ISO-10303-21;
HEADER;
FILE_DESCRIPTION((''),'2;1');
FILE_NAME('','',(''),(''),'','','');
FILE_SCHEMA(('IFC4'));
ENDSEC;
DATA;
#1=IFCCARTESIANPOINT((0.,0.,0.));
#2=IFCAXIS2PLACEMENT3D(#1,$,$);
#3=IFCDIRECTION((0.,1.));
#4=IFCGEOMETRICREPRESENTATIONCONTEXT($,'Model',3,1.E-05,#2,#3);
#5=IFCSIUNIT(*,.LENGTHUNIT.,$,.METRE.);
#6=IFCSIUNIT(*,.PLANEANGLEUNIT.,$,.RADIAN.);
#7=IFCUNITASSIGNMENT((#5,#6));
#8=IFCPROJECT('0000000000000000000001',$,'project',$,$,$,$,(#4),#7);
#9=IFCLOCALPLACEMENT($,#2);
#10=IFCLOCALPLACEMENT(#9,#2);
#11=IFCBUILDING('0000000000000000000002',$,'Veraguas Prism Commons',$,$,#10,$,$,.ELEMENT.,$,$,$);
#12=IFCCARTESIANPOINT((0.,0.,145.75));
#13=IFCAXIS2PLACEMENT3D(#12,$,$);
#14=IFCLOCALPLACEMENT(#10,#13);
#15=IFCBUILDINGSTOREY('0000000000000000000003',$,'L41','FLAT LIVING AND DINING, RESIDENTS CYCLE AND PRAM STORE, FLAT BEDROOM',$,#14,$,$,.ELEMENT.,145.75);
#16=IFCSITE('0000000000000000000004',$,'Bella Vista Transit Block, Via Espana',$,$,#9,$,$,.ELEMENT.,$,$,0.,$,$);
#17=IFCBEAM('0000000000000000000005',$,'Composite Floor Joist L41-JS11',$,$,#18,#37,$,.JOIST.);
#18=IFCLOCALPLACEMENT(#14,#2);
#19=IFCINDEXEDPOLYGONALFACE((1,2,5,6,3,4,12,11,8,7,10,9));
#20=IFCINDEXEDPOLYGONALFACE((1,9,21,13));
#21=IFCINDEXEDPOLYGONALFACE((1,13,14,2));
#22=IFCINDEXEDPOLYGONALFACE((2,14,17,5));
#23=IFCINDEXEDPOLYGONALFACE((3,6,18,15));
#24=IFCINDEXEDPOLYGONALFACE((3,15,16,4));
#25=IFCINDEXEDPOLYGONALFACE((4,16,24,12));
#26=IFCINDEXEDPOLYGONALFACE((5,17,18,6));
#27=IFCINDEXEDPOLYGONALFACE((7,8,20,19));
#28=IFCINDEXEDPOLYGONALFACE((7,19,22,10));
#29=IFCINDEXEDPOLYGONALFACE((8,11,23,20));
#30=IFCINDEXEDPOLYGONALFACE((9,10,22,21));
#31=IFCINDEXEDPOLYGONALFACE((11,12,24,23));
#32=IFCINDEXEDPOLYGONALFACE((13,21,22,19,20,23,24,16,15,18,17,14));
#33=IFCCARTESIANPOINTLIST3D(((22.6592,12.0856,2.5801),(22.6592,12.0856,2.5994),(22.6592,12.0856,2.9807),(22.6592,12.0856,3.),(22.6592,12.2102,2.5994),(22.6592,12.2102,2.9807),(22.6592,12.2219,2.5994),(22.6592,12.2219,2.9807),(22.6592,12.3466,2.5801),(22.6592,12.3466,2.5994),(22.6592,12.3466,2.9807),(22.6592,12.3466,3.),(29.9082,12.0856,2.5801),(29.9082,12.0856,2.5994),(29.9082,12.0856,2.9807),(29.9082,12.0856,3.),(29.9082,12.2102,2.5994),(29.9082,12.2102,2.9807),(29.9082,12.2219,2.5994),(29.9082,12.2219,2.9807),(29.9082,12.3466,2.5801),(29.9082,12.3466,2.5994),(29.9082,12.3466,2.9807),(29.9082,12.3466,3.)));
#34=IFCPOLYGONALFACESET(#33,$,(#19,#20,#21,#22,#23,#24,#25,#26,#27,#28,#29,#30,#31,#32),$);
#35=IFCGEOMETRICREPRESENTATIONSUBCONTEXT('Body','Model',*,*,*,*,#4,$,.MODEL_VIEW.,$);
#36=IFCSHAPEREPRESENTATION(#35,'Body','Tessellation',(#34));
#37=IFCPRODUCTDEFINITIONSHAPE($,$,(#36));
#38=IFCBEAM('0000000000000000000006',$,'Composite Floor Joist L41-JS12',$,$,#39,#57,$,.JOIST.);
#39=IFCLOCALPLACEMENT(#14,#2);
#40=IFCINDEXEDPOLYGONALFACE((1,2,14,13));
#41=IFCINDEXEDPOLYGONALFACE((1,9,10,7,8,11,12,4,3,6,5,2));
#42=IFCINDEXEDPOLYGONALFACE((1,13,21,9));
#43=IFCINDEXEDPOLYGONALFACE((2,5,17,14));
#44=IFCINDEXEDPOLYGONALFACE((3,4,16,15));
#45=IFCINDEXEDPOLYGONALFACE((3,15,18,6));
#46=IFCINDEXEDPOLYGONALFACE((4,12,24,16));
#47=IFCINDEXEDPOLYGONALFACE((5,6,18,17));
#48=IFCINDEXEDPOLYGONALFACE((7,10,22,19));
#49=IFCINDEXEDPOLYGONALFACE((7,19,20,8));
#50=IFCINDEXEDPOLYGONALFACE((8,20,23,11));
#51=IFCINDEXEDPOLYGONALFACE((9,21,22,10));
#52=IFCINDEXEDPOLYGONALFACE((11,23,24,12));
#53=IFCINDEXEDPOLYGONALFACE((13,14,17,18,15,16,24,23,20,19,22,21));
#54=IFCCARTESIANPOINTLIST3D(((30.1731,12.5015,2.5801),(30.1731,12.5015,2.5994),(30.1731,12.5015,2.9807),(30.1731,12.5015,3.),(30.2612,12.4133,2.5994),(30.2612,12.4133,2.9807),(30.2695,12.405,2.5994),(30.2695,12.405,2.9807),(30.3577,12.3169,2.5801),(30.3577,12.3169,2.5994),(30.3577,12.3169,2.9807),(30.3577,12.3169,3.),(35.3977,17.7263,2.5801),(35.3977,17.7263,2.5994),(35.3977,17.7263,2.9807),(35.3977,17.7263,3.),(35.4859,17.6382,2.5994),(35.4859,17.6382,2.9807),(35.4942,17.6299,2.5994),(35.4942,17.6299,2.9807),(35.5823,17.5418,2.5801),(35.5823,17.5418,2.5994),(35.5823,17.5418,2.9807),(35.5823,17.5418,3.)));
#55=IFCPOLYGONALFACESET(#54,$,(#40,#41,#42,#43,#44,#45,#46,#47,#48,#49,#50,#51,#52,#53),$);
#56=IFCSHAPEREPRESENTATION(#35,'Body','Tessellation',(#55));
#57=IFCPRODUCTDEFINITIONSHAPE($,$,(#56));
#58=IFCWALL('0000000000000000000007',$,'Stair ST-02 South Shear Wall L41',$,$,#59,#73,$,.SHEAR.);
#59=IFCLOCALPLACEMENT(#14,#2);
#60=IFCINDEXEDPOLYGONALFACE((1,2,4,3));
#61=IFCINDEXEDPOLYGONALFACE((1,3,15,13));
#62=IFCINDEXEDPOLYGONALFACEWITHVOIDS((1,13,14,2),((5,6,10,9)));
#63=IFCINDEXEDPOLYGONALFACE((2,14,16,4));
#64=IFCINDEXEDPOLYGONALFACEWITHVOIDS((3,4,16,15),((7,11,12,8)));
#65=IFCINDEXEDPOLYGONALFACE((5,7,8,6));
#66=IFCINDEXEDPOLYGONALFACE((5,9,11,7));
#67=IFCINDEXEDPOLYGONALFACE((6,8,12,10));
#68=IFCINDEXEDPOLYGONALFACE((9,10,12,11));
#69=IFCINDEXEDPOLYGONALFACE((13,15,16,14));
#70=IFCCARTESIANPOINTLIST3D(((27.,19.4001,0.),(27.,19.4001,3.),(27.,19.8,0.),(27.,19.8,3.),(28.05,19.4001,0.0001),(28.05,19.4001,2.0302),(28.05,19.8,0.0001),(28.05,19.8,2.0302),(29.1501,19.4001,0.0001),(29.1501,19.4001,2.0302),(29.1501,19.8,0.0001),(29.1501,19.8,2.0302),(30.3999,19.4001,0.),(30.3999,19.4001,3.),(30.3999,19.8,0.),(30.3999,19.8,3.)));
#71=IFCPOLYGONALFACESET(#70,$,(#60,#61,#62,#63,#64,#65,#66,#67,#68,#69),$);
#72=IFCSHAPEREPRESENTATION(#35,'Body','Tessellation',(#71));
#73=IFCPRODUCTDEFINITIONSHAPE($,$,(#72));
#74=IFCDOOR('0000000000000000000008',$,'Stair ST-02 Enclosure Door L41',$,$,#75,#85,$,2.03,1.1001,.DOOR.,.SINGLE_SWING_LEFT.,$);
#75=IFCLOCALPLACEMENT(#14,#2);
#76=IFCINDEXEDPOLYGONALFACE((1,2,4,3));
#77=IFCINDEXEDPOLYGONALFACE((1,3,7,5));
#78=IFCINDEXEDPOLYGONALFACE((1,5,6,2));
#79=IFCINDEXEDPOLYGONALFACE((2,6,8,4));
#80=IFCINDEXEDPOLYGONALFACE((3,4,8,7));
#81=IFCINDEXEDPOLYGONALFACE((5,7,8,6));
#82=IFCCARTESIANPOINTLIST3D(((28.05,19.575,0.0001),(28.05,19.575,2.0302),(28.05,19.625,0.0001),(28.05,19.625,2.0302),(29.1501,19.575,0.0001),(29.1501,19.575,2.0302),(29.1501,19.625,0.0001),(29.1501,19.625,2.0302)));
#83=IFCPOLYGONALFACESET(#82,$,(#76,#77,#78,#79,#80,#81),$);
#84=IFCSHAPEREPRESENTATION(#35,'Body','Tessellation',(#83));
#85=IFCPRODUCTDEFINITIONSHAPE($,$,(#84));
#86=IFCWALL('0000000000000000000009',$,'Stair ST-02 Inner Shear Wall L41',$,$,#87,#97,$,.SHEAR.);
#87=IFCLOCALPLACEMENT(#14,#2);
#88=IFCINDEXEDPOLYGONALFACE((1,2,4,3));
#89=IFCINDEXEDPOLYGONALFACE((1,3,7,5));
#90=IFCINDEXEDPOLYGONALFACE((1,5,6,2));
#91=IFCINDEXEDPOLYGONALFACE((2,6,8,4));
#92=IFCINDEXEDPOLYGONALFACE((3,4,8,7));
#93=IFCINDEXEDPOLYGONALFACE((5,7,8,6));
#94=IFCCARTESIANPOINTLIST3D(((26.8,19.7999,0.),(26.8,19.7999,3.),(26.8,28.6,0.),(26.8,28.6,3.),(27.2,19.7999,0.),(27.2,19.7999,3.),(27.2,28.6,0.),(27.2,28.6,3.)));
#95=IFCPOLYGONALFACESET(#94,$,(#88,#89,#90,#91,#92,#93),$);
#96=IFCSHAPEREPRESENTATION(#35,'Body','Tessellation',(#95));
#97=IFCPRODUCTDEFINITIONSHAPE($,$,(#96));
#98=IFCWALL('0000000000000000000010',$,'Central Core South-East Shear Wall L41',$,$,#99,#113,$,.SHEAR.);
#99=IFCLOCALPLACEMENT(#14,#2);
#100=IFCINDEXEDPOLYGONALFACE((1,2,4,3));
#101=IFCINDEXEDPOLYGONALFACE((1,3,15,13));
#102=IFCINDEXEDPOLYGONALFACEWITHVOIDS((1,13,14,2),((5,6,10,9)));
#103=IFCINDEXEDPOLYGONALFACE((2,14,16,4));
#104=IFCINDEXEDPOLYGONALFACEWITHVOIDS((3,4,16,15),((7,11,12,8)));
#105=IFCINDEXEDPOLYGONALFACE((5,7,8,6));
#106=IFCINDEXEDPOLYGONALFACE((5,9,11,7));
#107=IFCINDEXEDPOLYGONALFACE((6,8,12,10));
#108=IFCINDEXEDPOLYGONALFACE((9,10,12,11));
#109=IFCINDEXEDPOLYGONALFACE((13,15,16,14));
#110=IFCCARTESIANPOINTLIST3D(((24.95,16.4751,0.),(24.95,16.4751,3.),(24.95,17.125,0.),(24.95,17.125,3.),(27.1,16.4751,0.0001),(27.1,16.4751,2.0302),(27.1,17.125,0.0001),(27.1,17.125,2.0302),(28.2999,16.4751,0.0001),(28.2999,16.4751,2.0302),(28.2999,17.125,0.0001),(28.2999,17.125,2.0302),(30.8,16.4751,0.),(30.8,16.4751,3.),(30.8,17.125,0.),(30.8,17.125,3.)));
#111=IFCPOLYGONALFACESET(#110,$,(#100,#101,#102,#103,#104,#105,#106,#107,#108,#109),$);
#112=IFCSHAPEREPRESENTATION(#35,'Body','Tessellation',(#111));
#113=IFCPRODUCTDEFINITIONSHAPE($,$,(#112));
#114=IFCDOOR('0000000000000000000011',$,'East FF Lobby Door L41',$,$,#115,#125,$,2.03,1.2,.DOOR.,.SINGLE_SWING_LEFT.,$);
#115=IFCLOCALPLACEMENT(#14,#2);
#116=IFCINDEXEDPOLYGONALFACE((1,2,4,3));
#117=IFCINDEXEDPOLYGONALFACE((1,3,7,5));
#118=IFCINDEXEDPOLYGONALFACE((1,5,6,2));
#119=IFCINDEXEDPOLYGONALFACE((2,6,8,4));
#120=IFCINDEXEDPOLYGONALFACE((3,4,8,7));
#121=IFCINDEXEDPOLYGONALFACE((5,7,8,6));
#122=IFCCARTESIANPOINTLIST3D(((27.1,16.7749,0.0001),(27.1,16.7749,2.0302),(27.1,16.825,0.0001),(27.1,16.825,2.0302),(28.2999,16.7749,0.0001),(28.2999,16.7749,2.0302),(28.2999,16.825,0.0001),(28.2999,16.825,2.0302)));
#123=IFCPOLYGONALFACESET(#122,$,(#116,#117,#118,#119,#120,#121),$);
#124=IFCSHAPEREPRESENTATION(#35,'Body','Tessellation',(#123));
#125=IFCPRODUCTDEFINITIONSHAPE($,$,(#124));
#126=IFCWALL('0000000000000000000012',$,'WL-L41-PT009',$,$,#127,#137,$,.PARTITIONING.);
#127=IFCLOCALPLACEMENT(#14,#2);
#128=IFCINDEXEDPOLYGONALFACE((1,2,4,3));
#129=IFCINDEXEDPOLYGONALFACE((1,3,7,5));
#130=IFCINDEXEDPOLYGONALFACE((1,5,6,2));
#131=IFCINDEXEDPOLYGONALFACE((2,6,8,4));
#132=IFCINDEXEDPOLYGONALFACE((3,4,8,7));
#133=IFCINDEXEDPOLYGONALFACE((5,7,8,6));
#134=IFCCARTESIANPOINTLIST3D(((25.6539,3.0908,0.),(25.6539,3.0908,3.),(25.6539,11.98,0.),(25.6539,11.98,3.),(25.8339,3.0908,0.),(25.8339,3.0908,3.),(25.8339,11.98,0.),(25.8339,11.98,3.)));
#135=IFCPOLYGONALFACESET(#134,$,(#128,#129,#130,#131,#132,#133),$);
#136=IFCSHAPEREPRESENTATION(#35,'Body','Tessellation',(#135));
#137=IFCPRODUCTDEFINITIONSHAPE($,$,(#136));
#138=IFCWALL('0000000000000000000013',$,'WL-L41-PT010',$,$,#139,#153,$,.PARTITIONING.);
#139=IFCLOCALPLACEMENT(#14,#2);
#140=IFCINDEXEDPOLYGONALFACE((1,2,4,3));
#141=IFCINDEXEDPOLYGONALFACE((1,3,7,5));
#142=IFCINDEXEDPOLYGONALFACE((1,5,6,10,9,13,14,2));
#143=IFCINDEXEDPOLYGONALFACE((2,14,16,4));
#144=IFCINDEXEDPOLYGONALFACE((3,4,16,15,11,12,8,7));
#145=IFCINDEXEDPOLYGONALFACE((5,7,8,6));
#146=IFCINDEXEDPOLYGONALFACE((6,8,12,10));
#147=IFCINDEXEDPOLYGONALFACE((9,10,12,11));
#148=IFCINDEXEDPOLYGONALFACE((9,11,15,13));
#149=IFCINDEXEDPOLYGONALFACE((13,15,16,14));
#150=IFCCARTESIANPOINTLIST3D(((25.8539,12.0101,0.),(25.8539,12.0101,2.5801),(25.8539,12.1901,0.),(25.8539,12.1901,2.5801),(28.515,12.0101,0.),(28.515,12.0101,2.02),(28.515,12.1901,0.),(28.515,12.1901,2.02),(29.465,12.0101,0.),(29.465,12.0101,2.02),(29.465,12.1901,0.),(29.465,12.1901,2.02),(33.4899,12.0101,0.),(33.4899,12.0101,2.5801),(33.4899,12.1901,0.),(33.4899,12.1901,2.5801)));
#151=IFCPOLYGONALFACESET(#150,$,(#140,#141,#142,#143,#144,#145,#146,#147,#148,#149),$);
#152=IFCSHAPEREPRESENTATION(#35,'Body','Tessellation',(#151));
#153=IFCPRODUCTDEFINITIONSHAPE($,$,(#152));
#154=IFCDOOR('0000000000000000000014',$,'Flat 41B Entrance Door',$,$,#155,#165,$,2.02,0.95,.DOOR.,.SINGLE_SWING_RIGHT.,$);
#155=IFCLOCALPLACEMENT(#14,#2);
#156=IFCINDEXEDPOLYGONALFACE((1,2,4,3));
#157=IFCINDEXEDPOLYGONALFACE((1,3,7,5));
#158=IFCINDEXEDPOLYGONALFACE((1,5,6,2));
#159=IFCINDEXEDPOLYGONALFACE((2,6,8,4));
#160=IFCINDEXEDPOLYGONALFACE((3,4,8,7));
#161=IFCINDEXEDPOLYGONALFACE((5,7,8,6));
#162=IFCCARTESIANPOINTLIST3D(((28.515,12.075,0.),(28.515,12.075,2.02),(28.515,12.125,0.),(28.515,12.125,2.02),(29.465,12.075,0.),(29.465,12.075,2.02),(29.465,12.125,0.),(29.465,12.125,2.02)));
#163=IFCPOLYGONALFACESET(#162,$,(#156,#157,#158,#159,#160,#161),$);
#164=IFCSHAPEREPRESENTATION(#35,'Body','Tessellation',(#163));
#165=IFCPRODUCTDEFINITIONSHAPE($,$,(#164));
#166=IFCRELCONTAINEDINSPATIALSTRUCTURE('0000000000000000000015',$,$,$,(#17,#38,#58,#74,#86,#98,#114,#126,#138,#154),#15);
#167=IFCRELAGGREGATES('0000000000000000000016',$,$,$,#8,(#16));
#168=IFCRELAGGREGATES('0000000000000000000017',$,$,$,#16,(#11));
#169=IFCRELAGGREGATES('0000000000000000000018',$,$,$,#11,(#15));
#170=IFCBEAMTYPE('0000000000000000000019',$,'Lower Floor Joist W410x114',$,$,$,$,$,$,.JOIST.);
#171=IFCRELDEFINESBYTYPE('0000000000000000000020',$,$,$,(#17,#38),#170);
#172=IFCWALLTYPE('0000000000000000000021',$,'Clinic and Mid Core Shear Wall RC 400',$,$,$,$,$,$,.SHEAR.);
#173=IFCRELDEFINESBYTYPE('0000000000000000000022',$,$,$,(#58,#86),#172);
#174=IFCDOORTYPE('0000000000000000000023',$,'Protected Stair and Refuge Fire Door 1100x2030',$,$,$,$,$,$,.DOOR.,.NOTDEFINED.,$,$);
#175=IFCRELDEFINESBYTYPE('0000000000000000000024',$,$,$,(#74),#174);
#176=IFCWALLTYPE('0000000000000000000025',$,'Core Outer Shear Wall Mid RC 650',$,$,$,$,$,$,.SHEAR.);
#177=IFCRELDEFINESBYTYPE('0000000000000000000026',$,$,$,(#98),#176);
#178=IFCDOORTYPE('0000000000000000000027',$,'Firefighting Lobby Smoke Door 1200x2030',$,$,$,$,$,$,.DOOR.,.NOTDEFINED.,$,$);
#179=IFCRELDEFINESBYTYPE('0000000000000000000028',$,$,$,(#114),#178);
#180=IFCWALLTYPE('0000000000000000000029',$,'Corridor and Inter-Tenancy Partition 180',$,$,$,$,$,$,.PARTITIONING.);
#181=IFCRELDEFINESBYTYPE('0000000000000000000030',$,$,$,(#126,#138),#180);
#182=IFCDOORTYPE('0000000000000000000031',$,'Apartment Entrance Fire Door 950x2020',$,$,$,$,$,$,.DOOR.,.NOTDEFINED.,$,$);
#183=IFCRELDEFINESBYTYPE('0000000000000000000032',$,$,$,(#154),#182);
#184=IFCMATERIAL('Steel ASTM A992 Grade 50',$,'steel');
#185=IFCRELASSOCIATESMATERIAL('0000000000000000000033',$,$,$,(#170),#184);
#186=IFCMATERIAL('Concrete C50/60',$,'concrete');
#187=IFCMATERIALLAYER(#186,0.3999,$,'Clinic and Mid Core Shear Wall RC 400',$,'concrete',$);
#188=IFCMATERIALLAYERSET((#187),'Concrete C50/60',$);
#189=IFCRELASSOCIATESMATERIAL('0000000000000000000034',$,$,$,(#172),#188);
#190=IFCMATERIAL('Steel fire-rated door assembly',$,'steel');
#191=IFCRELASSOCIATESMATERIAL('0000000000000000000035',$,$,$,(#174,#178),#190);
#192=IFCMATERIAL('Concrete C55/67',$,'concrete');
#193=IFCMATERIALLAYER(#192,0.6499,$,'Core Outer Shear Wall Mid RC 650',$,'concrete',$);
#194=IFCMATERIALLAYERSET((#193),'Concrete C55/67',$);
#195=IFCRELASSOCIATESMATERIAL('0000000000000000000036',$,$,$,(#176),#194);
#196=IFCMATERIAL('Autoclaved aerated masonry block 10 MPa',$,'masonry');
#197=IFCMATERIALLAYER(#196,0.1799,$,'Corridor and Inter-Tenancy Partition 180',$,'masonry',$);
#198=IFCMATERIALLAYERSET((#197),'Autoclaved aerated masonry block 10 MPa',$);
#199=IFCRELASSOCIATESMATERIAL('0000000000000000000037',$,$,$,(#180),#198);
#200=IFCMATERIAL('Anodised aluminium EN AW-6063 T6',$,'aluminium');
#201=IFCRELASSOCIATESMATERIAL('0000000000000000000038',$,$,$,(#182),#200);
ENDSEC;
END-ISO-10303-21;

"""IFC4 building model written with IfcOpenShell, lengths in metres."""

from ifc_helpers import new_model, si_unit, direction, frame, frame_2d, origin, origin_2d, place, context, subcontext, project, spatial, rectangle, i_section, extrude, source, transform, mapped, material, layer, layer_set, material_profile, profile_set, type_object, element, fill, save


model = new_model("IFC4")

# Units and contexts
model_context = context("Model", 3, precision=1e-05, world=origin(), true_north=direction((0.0, 1.0)))
body_context = subcontext(model_context, "Body", "Model", "MODEL_VIEW")
ifc_project = project(units=[si_unit("LENGTHUNIT", "METRE"), si_unit("PLANEANGLEUNIT", "RADIAN")], contexts=[model_context])

# Site, building, storey
site_placement = place(None, origin())
site = spatial("IfcSite", under=ifc_project, at=site_placement, Name="Bella Vista Transit Block, Via Espana", CompositionType="ELEMENT", RefElevation=0.0)
building_placement = place(site_placement, origin())
building = spatial("IfcBuilding", under=site, at=building_placement, Name="Veraguas Prism Commons", CompositionType="ELEMENT")
storey_placement = place(building_placement, frame((0.0, 0.0, 145.75)))
storey = spatial("IfcBuildingStorey", under=building, at=storey_placement, Name="L41", Description="FLAT LIVING AND DINING, RESIDENTS CYCLE AND PRAM STORE, FLAT BEDROOM", CompositionType="ELEMENT", Elevation=145.75)

# Beams
ifc_material_1 = material(Name="Steel ASTM A992 Grade 50", Category="steel")
ifc_material_profile = material_profile(ifc_material_1, i_section(OverallWidth=0.261, OverallDepth=0.4199, WebThickness=0.0117, FlangeThickness=0.0193, at=origin_2d()), Name="W410X114")
ifc_profile_set = profile_set([ifc_material_profile], Name="Steel ASTM A992 Grade 50")
beam_type = type_object("IfcBeamType", Name="Lower Floor Joist W410x114", PredefinedType="JOIST", material=ifc_profile_set)
beam_1_placement = place(storey_placement, frame((22.6592, 12.2161, 2.79), z_axis=(1.0, 0.0, 0.0), x_axis=(0.0, 1.0, 0.0)))
element("IfcBeam", 1, at=beam_1_placement, inside=storey, type_object=beam_type, Name="Composite Floor Joist L41-JS11", PredefinedType="JOIST", context=body_context, shape_type="SweptSolid", body=[
    extrude(i_section(OverallWidth=0.261, OverallDepth=0.4199, WebThickness=0.0117, FlangeThickness=0.0193, at=origin_2d()), origin(), (0.0, 0.0, 1.0), 7.249),
])
beam_2_placement = place(storey_placement, frame((30.2654, 12.4092, 2.79), z_axis=(0.70709, 0.707123, 0.0), x_axis=(-0.707123, 0.70709, 0.0)))
element("IfcBeam", 2, at=beam_2_placement, inside=storey, type_object=beam_type, Name="Composite Floor Joist L41-JS12", PredefinedType="JOIST", context=body_context, shape_type="SweptSolid", body=[
    extrude(i_section(OverallWidth=0.261, OverallDepth=0.4199, WebThickness=0.0117, FlangeThickness=0.0193, at=origin_2d()), origin(), (0.0, 0.0, 1.0), 7.3889),
])

# Wall, opening, door
ifc_material_2 = material(Name="Concrete C50/60", Category="concrete")
ifc_layer_1 = layer(ifc_material_2, 0.3999, Name="Clinic and Mid Core Shear Wall RC 400", Category="concrete")
ifc_layer_set_1 = layer_set([ifc_layer_1], Name="Concrete C50/60")
wall_type_1 = type_object("IfcWallType", Name="Clinic and Mid Core Shear Wall RC 400", PredefinedType="SHEAR", material=ifc_layer_set_1)
wall_1_placement = place(storey_placement, frame((27.0, 19.6001, 0.0), z_axis=(0.0, 0.0, 1.0), x_axis=(1.0, 0.0, 0.0)))
wall_1 = element("IfcWall", 3, at=wall_1_placement, inside=storey, type_object=wall_type_1, Name="Stair ST-02 South Shear Wall L41", PredefinedType="SHEAR", context=body_context, shape_type="SweptSolid", body=[
    extrude(rectangle(XDim=3.3999, YDim=0.3999, at=frame_2d((1.7, 0.0))), origin(), (0.0, 0.0, 1.0), 3.0),
])
opening_1_placement = place(wall_1_placement, frame((1.05, 0.0, 0.0)))
opening_1 = element("IfcOpeningElement", 4, at=opening_1_placement, cuts=wall_1, PredefinedType="OPENING", context=body_context, shape_type="SweptSolid", body=[
    extrude(rectangle(XDim=1.1001, YDim=2.03, at=frame_2d((0.55, 1.0151))), frame((0.0, 0.21, 0.0), z_axis=(0.0, -1.0, 0.0), x_axis=(1.0, 0.0, 0.0)), (0.0, 0.0, 1.0), 0.4199),
])
ifc_material_3 = material(Name="Steel fire-rated door assembly", Category="steel")
door_type_1 = type_object("IfcDoorType", Name="Protected Stair and Refuge Fire Door 1100x2030", OperationType="NOTDEFINED", PredefinedType="DOOR", material=ifc_material_3)
shared_shape_1 = source(origin(), body_context, "Body", "SweptSolid", [
    extrude(rectangle(XDim=1.1001, YDim=2.03, at=frame_2d((0.55, 1.0151))), frame((0.0, 0.0249, 0.0), z_axis=(0.0, -1.0, 0.0), x_axis=(1.0, 0.0, 0.0)), (0.0, 0.0, 1.0), 0.05),
])
door_1_placement = place(opening_1_placement, origin())
door_1 = element("IfcDoor", 5, at=door_1_placement, inside=storey, type_object=door_type_1, Name="Stair ST-02 Enclosure Door L41", OperationType="SINGLE_SWING_LEFT", OverallHeight=2.03, OverallWidth=1.1001, PredefinedType="DOOR", context=body_context, shape_type="MappedRepresentation", body=[
    mapped(shared_shape_1, transform((0.0, 0.0, 0.0), scale=1.0)),
])
fill(opening_1, door_1)

# Wall
wall_2_placement = place(storey_placement, frame((27.0, 19.8, 0.0), z_axis=(0.0, 0.0, 1.0), x_axis=(0.0, 1.0, 0.0)))
element("IfcWall", 6, at=wall_2_placement, inside=storey, type_object=wall_type_1, Name="Stair ST-02 Inner Shear Wall L41", PredefinedType="SHEAR", context=body_context, shape_type="SweptSolid", body=[
    extrude(rectangle(XDim=8.8, YDim=0.3999, at=frame_2d((4.3999, 0.0))), origin(), (0.0, 0.0, 1.0), 3.0),
])

# Wall, opening, door
ifc_material_4 = material(Name="Concrete C55/67", Category="concrete")
ifc_layer_2 = layer(ifc_material_4, 0.6499, Name="Core Outer Shear Wall Mid RC 650", Category="concrete")
ifc_layer_set_2 = layer_set([ifc_layer_2], Name="Concrete C55/67")
wall_type_2 = type_object("IfcWallType", Name="Core Outer Shear Wall Mid RC 650", PredefinedType="SHEAR", material=ifc_layer_set_2)
wall_3_placement = place(storey_placement, frame((24.95, 16.8, 0.0), z_axis=(0.0, 0.0, 1.0), x_axis=(1.0, 0.0, 0.0)))
wall_3 = element("IfcWall", 7, at=wall_3_placement, inside=storey, type_object=wall_type_2, Name="Central Core South-East Shear Wall L41", PredefinedType="SHEAR", context=body_context, shape_type="SweptSolid", body=[
    extrude(rectangle(XDim=5.8501, YDim=0.6499, at=frame_2d((2.925, 0.0))), origin(), (0.0, 0.0, 1.0), 3.0),
])
opening_2_placement = place(wall_3_placement, frame((2.1499, 0.0, 0.0)))
opening_2 = element("IfcOpeningElement", 8, at=opening_2_placement, cuts=wall_3, PredefinedType="OPENING", context=body_context, shape_type="SweptSolid", body=[
    extrude(rectangle(XDim=1.2, YDim=2.03, at=frame_2d((0.6001, 1.0151))), frame((0.0, 0.335, 0.0), z_axis=(0.0, -1.0, 0.0), x_axis=(1.0, 0.0, 0.0)), (0.0, 0.0, 1.0), 0.6699),
])
door_type_2 = type_object("IfcDoorType", Name="Firefighting Lobby Smoke Door 1200x2030", OperationType="NOTDEFINED", PredefinedType="DOOR", material=ifc_material_3)
shared_shape_2 = source(origin(), body_context, "Body", "SweptSolid", [
    extrude(rectangle(XDim=1.2, YDim=2.03, at=frame_2d((0.6001, 1.0151))), frame((0.0, 0.0249, 0.0), z_axis=(0.0, -1.0, 0.0), x_axis=(1.0, 0.0, 0.0)), (0.0, 0.0, 1.0), 0.05),
])
door_2_placement = place(opening_2_placement, origin())
door_2 = element("IfcDoor", 9, at=door_2_placement, inside=storey, type_object=door_type_2, Name="East FF Lobby Door L41", OperationType="SINGLE_SWING_LEFT", OverallHeight=2.03, OverallWidth=1.2, PredefinedType="DOOR", context=body_context, shape_type="MappedRepresentation", body=[
    mapped(shared_shape_2, transform((0.0, 0.0, 0.0), scale=1.0)),
])
fill(opening_2, door_2)

# Wall
ifc_material_5 = material(Name="Autoclaved aerated masonry block 10 MPa", Category="masonry")
ifc_layer_3 = layer(ifc_material_5, 0.1799, Name="Corridor and Inter-Tenancy Partition 180", Category="masonry")
ifc_layer_set_3 = layer_set([ifc_layer_3], Name="Autoclaved aerated masonry block 10 MPa")
wall_type_3 = type_object("IfcWallType", Name="Corridor and Inter-Tenancy Partition 180", PredefinedType="PARTITIONING", material=ifc_layer_set_3)
wall_4_placement = place(storey_placement, frame((25.7439, 11.98, 0.0), z_axis=(0.0, 0.0, 1.0), x_axis=(0.0, -1.0, 0.0)))
element("IfcWall", 10, at=wall_4_placement, inside=storey, type_object=wall_type_3, Name="WL-L41-PT009", PredefinedType="PARTITIONING", context=body_context, shape_type="SweptSolid", body=[
    extrude(rectangle(XDim=8.8892, YDim=0.1799, at=frame_2d((4.4446, 0.0))), origin(), (0.0, 0.0, 1.0), 3.0),
])

# Wall, opening, door
wall_5_placement = place(storey_placement, frame((25.854, 12.1001, 0.0), z_axis=(0.0, 0.0, 1.0), x_axis=(1.0, 0.0, 0.0)))
wall_5 = element("IfcWall", 11, at=wall_5_placement, inside=storey, type_object=wall_type_3, Name="WL-L41-PT010", PredefinedType="PARTITIONING", context=body_context, shape_type="SweptSolid", body=[
    extrude(rectangle(XDim=7.636, YDim=0.1799, at=frame_2d((3.8179, 0.0))), origin(), (0.0, 0.0, 1.0), 2.5801),
])
opening_3_placement = place(wall_5_placement, frame((2.6609, 0.0, 0.0)))
opening_3 = element("IfcOpeningElement", 12, at=opening_3_placement, cuts=wall_5, PredefinedType="OPENING", context=body_context, shape_type="SweptSolid", body=[
    extrude(rectangle(XDim=0.95, YDim=2.02, at=frame_2d((0.4751, 1.01))), frame((0.0, 0.0999, 0.0), z_axis=(0.0, -1.0, 0.0), x_axis=(1.0, 0.0, 0.0)), (0.0, 0.0, 1.0), 0.2),
])
ifc_material_6 = material(Name="Anodised aluminium EN AW-6063 T6", Category="aluminium")
door_type_3 = type_object("IfcDoorType", Name="Apartment Entrance Fire Door 950x2020", OperationType="NOTDEFINED", PredefinedType="DOOR", material=ifc_material_6)
shared_shape_3 = source(origin(), body_context, "Body", "SweptSolid", [
    extrude(rectangle(XDim=0.95, YDim=2.02, at=frame_2d((0.4751, 1.01))), frame((0.0, 0.0249, 0.0), z_axis=(0.0, -1.0, 0.0), x_axis=(1.0, 0.0, 0.0)), (0.0, 0.0, 1.0), 0.05),
])
door_3_placement = place(opening_3_placement, origin())
door_3 = element("IfcDoor", 13, at=door_3_placement, inside=storey, type_object=door_type_3, Name="Flat 41B Entrance Door", OperationType="SINGLE_SWING_RIGHT", OverallHeight=2.02, OverallWidth=0.95, PredefinedType="DOOR", context=body_context, shape_type="MappedRepresentation", body=[
    mapped(shared_shape_3, transform((0.0, 0.0, 0.0), scale=1.0)),
])
fill(opening_3, door_3)

save(model, "model.ifc")
